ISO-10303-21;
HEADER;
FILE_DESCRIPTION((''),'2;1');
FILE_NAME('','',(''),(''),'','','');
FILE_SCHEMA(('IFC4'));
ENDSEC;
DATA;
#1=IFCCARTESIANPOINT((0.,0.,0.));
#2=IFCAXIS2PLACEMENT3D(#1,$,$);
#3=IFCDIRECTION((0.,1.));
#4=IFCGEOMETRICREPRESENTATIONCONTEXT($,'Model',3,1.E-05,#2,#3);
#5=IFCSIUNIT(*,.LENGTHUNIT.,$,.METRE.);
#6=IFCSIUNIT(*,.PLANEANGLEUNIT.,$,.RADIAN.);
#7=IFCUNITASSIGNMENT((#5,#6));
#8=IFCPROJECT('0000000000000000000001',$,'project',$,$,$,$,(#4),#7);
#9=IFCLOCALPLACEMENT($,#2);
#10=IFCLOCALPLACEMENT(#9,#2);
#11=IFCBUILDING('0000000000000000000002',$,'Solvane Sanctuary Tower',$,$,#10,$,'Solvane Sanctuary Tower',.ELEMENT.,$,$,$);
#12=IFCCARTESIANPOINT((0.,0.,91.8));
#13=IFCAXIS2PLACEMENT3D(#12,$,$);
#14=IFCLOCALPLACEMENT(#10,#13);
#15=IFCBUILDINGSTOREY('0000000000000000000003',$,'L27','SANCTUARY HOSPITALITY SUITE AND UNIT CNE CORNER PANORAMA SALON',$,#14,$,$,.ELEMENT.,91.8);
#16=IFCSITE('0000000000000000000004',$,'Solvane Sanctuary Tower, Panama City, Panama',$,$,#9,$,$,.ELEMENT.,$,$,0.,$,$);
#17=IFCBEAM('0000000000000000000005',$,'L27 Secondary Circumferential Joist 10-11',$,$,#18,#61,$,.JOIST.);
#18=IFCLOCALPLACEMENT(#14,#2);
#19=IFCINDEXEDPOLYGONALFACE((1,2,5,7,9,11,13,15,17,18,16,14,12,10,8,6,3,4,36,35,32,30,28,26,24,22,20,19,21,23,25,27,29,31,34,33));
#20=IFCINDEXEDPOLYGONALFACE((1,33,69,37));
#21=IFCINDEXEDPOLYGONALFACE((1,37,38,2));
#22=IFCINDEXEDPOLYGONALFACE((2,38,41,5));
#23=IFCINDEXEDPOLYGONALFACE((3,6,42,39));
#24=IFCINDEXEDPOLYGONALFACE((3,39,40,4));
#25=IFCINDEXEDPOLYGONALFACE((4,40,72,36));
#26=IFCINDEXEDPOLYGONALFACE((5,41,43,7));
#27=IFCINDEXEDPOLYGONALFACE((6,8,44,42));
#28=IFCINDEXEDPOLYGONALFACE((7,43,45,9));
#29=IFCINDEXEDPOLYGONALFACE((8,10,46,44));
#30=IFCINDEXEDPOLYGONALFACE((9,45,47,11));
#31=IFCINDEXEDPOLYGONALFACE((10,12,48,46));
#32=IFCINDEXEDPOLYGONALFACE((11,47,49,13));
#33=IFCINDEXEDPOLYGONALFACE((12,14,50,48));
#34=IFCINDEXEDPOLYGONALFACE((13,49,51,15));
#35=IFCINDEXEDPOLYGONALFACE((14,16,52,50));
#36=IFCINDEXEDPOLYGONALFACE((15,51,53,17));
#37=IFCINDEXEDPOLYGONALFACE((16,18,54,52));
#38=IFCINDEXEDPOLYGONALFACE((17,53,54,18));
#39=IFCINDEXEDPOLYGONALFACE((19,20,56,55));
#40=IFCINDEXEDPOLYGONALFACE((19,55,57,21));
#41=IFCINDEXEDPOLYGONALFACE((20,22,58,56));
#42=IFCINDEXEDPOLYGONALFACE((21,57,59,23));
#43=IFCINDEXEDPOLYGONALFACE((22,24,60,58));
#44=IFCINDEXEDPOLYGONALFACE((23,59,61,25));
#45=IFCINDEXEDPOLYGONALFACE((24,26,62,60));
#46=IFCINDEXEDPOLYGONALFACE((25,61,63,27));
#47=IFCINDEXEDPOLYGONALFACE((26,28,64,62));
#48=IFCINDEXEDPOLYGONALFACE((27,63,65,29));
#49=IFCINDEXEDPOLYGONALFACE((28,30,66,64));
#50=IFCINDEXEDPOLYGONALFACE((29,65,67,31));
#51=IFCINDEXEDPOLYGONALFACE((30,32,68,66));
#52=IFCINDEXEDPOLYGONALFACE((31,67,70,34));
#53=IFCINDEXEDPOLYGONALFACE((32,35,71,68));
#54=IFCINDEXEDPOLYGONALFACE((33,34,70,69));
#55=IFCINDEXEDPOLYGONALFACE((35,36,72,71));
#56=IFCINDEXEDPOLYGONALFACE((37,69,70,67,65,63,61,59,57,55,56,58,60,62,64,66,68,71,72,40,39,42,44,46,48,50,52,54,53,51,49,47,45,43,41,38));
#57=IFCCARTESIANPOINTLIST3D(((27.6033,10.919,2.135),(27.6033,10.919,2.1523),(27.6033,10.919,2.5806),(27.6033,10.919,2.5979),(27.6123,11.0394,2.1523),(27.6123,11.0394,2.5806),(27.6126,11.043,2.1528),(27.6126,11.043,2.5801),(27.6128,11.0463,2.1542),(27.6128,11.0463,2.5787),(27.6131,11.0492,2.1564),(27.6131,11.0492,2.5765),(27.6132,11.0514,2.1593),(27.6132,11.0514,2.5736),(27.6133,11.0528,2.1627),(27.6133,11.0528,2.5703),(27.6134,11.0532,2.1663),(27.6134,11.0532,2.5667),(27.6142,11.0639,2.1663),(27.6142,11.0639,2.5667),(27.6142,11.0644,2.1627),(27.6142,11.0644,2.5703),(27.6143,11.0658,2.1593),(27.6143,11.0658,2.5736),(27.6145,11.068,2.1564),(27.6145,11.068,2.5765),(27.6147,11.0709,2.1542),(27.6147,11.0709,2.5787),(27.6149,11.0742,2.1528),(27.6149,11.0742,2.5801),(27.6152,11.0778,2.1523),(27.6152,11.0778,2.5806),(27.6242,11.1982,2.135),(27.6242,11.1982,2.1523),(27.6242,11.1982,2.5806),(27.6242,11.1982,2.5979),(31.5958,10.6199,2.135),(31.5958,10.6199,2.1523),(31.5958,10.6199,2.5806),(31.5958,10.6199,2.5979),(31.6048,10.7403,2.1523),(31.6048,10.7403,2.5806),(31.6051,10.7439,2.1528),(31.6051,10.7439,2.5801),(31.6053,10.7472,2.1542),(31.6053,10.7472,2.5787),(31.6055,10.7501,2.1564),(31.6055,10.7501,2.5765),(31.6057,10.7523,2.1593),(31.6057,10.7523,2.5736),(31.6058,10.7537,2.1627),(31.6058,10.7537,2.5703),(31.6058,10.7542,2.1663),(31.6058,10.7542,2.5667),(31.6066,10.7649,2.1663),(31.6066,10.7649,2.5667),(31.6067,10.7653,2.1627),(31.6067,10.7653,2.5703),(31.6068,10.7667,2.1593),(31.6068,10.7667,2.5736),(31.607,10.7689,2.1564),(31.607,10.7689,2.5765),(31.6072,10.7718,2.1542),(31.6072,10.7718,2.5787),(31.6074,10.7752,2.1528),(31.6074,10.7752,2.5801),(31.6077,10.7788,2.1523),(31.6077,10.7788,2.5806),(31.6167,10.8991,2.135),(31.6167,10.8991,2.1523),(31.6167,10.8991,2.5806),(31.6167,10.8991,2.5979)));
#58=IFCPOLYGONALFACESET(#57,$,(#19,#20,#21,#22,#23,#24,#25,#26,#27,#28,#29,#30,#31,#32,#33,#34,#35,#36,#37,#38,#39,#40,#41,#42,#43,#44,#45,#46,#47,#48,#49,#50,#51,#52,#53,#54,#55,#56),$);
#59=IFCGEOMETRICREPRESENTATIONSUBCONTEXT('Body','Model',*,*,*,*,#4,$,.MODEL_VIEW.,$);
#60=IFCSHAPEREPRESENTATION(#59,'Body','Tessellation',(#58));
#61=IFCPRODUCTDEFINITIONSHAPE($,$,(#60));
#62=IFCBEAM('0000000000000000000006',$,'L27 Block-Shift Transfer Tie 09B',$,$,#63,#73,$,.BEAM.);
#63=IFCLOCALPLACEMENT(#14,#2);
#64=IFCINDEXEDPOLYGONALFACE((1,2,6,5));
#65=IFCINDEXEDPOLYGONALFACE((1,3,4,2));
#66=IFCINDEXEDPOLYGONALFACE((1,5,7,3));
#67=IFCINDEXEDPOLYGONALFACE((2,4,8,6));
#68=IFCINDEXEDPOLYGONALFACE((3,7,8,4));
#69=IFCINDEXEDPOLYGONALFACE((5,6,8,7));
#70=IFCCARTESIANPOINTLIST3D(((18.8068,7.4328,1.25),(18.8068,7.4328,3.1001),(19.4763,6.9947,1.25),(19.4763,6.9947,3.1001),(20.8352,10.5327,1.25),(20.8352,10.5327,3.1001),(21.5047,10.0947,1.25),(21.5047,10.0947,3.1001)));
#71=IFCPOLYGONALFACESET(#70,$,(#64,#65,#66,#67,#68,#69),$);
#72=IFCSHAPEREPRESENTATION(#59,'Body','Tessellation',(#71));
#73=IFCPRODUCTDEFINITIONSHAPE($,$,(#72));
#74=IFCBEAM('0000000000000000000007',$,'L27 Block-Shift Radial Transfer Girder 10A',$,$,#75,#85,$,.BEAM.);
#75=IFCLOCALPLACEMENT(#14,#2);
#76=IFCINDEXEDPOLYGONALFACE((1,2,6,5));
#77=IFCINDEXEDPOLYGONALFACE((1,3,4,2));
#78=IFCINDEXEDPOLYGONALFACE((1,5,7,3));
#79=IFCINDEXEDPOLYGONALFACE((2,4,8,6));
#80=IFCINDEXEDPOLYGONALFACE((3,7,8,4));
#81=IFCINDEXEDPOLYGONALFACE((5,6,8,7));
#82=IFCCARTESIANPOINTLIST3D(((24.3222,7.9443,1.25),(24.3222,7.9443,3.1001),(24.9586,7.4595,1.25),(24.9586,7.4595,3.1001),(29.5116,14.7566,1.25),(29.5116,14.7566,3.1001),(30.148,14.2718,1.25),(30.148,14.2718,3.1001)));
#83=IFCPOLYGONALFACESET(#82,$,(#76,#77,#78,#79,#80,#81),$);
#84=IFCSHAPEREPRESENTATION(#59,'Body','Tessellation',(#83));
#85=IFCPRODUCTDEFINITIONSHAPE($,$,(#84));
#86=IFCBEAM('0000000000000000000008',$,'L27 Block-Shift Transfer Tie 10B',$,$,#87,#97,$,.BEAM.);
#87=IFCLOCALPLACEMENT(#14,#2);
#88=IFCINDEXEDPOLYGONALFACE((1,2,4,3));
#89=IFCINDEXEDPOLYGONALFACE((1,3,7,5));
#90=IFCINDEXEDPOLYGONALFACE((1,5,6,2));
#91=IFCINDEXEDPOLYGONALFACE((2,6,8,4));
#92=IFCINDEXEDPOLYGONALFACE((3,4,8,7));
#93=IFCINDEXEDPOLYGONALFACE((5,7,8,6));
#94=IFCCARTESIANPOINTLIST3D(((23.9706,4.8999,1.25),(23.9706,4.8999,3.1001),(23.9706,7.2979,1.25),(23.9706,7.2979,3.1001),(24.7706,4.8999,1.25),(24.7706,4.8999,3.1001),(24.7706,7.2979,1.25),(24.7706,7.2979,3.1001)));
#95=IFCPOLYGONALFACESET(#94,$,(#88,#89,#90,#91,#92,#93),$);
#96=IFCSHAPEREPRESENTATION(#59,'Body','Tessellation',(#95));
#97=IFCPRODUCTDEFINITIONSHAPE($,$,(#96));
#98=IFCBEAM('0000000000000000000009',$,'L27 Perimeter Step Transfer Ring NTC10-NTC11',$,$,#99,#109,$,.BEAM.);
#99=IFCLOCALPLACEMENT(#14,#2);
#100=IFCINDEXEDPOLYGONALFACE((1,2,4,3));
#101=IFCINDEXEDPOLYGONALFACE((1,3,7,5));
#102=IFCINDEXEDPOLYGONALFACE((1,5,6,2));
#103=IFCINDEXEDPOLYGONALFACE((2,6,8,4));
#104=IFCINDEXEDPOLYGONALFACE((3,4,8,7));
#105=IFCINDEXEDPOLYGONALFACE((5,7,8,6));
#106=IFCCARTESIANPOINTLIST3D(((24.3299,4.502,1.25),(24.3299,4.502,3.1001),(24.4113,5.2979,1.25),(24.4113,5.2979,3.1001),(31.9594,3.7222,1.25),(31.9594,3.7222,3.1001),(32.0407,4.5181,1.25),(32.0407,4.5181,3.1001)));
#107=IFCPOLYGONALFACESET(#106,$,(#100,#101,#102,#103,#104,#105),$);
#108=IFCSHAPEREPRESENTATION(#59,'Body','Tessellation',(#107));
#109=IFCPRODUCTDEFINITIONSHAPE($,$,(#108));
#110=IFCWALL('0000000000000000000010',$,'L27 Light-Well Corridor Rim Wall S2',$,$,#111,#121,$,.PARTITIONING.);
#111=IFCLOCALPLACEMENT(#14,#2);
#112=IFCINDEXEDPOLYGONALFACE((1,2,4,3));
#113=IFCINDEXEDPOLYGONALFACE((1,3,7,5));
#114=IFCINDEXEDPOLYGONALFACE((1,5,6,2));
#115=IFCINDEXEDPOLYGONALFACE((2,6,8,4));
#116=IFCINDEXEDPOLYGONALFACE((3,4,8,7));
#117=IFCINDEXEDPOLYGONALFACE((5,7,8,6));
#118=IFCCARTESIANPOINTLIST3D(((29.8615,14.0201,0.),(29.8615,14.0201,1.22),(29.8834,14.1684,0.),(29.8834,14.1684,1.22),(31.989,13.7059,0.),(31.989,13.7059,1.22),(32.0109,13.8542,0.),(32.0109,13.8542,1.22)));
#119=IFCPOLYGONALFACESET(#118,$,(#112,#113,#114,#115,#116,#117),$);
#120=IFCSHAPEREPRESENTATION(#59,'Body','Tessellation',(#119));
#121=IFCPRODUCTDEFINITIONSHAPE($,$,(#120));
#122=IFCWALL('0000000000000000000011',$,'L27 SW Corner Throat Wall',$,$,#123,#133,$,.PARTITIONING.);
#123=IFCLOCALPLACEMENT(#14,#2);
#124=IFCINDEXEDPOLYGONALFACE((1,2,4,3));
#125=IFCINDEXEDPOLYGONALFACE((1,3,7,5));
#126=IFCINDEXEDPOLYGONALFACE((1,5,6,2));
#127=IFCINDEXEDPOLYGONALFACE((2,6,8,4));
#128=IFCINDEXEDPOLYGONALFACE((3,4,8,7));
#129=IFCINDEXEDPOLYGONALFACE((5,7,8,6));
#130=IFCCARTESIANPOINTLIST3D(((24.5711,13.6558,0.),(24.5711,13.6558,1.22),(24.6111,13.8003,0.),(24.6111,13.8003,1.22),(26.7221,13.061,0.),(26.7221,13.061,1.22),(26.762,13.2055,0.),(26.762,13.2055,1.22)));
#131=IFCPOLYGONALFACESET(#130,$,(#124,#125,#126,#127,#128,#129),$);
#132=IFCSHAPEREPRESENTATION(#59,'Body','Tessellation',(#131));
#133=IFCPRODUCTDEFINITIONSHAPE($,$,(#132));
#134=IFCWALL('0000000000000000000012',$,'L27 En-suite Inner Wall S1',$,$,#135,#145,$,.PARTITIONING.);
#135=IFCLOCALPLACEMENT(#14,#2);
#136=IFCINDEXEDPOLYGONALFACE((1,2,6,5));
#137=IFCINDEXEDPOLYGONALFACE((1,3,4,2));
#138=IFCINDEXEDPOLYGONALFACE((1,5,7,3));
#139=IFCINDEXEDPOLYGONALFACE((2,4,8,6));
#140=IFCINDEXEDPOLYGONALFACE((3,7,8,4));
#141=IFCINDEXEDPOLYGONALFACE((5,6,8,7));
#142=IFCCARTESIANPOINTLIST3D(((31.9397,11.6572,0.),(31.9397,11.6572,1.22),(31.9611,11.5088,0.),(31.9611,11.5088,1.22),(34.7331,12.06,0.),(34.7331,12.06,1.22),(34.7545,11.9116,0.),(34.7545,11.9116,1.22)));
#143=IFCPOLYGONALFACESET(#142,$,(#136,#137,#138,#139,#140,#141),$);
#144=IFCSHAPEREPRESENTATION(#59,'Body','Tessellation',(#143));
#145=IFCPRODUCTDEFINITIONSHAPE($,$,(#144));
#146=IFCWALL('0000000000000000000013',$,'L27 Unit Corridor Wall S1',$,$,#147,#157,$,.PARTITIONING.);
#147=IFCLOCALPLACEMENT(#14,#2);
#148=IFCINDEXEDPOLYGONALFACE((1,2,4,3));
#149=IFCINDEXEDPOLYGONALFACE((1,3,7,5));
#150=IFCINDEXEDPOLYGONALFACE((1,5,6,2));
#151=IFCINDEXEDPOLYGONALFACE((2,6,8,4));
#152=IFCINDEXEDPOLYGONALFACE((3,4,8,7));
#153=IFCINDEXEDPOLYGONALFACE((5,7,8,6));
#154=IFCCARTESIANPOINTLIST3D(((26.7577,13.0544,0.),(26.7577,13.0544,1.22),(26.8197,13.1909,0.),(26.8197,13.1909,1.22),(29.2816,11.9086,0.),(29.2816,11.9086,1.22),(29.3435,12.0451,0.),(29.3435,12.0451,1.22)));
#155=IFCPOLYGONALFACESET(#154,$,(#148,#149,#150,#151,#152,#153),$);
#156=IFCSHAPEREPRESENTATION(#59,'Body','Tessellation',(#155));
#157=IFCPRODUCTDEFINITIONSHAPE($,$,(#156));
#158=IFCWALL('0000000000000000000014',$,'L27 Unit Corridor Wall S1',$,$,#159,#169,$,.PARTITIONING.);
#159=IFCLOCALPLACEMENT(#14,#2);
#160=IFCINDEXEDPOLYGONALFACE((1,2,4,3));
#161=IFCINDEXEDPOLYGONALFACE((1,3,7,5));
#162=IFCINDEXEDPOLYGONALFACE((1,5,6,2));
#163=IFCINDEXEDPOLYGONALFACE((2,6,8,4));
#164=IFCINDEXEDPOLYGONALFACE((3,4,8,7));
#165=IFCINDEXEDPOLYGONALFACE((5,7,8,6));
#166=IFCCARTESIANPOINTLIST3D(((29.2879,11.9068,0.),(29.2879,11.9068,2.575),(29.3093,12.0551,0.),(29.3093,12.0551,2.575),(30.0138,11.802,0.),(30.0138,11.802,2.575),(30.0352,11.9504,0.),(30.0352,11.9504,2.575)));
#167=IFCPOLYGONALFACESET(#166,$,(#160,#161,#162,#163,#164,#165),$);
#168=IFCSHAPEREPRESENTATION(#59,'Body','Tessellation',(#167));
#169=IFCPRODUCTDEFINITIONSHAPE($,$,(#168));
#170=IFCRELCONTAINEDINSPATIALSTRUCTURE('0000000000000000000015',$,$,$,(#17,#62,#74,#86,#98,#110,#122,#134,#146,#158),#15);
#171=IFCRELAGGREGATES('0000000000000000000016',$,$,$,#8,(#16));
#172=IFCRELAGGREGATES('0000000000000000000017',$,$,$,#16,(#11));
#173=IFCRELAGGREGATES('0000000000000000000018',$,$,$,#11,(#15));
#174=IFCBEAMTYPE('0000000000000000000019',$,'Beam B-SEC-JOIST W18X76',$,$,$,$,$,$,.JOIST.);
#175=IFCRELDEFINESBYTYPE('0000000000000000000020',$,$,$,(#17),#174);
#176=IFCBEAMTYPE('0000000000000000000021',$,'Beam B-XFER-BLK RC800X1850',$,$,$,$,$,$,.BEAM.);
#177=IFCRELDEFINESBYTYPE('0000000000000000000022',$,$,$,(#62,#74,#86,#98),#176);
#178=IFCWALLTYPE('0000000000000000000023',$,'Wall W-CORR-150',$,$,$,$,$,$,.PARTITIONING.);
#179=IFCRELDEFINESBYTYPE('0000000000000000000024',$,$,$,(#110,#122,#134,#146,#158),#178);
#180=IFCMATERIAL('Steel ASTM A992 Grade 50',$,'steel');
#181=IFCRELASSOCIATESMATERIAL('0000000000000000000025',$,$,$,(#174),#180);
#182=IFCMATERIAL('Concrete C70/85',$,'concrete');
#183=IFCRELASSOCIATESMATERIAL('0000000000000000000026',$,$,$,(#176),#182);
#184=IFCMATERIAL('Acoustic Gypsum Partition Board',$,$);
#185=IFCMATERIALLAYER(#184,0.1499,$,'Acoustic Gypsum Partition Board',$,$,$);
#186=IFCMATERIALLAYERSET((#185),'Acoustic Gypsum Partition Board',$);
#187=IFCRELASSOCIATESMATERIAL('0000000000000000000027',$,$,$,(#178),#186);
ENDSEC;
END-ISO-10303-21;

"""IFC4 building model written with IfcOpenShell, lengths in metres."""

from ifc_helpers import new_model, si_unit, direction, frame, frame_2d, origin, origin_2d, place, context, subcontext, project, spatial, rectangle, i_section, extrude, material, layer, layer_set, material_profile, profile_set, type_object, element, save


model = new_model("IFC4")

# Units and contexts
model_context = context("Model", 3, precision=1e-05, world=origin(), true_north=direction((0.0, 1.0)))
body_context = subcontext(model_context, "Body", "Model", "MODEL_VIEW")
ifc_project = project(units=[si_unit("LENGTHUNIT", "METRE"), si_unit("PLANEANGLEUNIT", "RADIAN")], contexts=[model_context])

# Site, building, storey
site_placement = place(None, origin())
site = spatial("IfcSite", under=ifc_project, at=site_placement, Name="Solvane Sanctuary Tower, Panama City, Panama", CompositionType="ELEMENT", RefElevation=0.0)
building_placement = place(site_placement, origin())
building = spatial("IfcBuilding", under=site, at=building_placement, Name="Solvane Sanctuary Tower", LongName="Solvane Sanctuary Tower", CompositionType="ELEMENT")
storey_placement = place(building_placement, frame((0.0, 0.0, 91.8)))
storey = spatial("IfcBuildingStorey", under=building, at=storey_placement, Name="L27", Description="SANCTUARY HOSPITALITY SUITE AND UNIT CNE CORNER PANORAMA SALON", CompositionType="ELEMENT", Elevation=91.8)

# Beams
ifc_material_1 = material(Name="Steel ASTM A992 Grade 50", Category="steel")
ifc_material_profile_1 = material_profile(ifc_material_1, i_section(OverallWidth=0.28, OverallDepth=0.4629, WebThickness=0.0107, FlangeThickness=0.0173, FilletRadius=0.0139, at=origin_2d()), Name="W18X76")
ifc_profile_set_1 = profile_set([ifc_material_profile_1], Name="Steel ASTM A992 Grade 50")
beam_type_1 = type_object("IfcBeamType", Name="Beam B-SEC-JOIST W18X76", PredefinedType="JOIST", material=ifc_profile_set_1)
beam_1_placement = place(storey_placement, frame((27.6138, 11.0586, 2.3665), z_axis=(0.997206, -0.074701, 0.0), x_axis=(0.074701, 0.997206, 0.0)))
element("IfcBeam", 1, at=beam_1_placement, inside=storey, type_object=beam_type_1, Name="L27 Secondary Circumferential Joist 10-11", PredefinedType="JOIST", context=body_context, shape_type="SweptSolid", body=[
    extrude(i_section(OverallWidth=0.28, OverallDepth=0.4629, WebThickness=0.0107, FlangeThickness=0.0173, FilletRadius=0.0139, at=origin_2d()), origin(), (0.0, 0.0, 1.0), 4.0037),
])
ifc_material_2 = material(Name="Concrete C70/85", Category="concrete")
ifc_material_profile_2 = material_profile(ifc_material_2, rectangle(XDim=0.8, YDim=1.8501, at=origin_2d()), Name="RC800X1850")
ifc_profile_set_2 = profile_set([ifc_material_profile_2], Name="Concrete C70/85")
beam_type_2 = type_object("IfcBeamType", Name="Beam B-XFER-BLK RC800X1850", PredefinedType="BEAM", material=ifc_profile_set_2)
beam_2_placement = place(storey_placement, frame((21.1699, 10.3137, 2.175), z_axis=(-0.547532, -0.836785, 0.0), x_axis=(0.836785, -0.547532, 0.0)))
element("IfcBeam", 2, at=beam_2_placement, inside=storey, type_object=beam_type_2, Name="L27 Block-Shift Transfer Tie 09B", PredefinedType="BEAM", context=body_context, shape_type="SweptSolid", body=[
    extrude(rectangle(XDim=0.8, YDim=1.8501, at=origin_2d()), origin(), (0.0, 0.0, 1.0), 3.7046),
])
beam_3_placement = place(storey_placement, frame((29.8298, 14.5142, 2.175), z_axis=(-0.605981, -0.795479, 0.0), x_axis=(0.795479, -0.605981, 0.0)))
element("IfcBeam", 3, at=beam_3_placement, inside=storey, type_object=beam_type_2, Name="L27 Block-Shift Radial Transfer Girder 10A", PredefinedType="BEAM", context=body_context, shape_type="SweptSolid", body=[
    extrude(rectangle(XDim=0.8, YDim=1.8501, at=origin_2d()), origin(), (0.0, 0.0, 1.0), 8.5637),
])
beam_4_placement = place(storey_placement, frame((24.3706, 7.2979, 2.175), z_axis=(0.0, -1.0, 0.0), x_axis=(1.0, 0.0, 0.0)))
element("IfcBeam", 4, at=beam_4_placement, inside=storey, type_object=beam_type_2, Name="L27 Block-Shift Transfer Tie 10B", PredefinedType="BEAM", context=body_context, shape_type="SweptSolid", body=[
    extrude(rectangle(XDim=0.8, YDim=1.8501, at=origin_2d()), origin(), (0.0, 0.0, 1.0), 2.3979),
])
beam_5_placement = place(storey_placement, frame((24.3706, 4.8999, 2.175), z_axis=(0.994817, -0.101678, 0.0), x_axis=(0.101678, 0.994817, 0.0)))
element("IfcBeam", 5, at=beam_5_placement, inside=storey, type_object=beam_type_2, Name="L27 Perimeter Step Transfer Ring NTC10-NTC11", PredefinedType="BEAM", context=body_context, shape_type="SweptSolid", body=[
    extrude(rectangle(XDim=0.8, YDim=1.8501, at=origin_2d()), origin(), (0.0, 0.0, 1.0), 7.6692),
])

# Walls
ifc_material_3 = material(Name="Acoustic Gypsum Partition Board")
ifc_layer_1 = layer(ifc_material_3, 0.1499, Name="Acoustic Gypsum Partition Board")
ifc_layer_set_1 = layer_set([ifc_layer_1], Name="Acoustic Gypsum Partition Board")
wall_type_1 = type_object("IfcWallType", Name="Wall W-CORR-150", PredefinedType="PARTITIONING", material=ifc_layer_set_1)
wall_1_placement = place(storey_placement, frame((29.8726, 14.0942, 0.0), z_axis=(0.0, 0.0, 1.0), x_axis=(0.989269, -0.146108, 0.0)))
element("IfcWall", 6, at=wall_1_placement, inside=storey, type_object=wall_type_1, Name="L27 Light-Well Corridor Rim Wall S2", PredefinedType="PARTITIONING", context=body_context, shape_type="SweptSolid", body=[
    extrude(rectangle(XDim=2.1506, YDim=0.1499, at=frame_2d((1.0752, 0.0))), origin(), (0.0, 0.0, 1.0), 1.22),
])
wall_2_placement = place(storey_placement, frame((26.7419, 13.1333, 0.0), z_axis=(0.0, 0.0, 1.0), x_axis=(-0.963834, 0.266504, 0.0)))
element("IfcWall", 7, at=wall_2_placement, inside=storey, type_object=wall_type_1, Name="L27 SW Corner Throat Wall", PredefinedType="PARTITIONING", context=body_context, shape_type="SweptSolid", body=[
    extrude(rectangle(XDim=2.2317, YDim=0.1499, at=frame_2d((1.1157, 0.0))), origin(), (0.0, 0.0, 1.0), 1.22),
])
wall_3_placement = place(storey_placement, frame((31.9504, 11.583, 0.0), z_axis=(0.0, 0.0, 1.0), x_axis=(0.989762, 0.142729, 0.0)))
element("IfcWall", 8, at=wall_3_placement, inside=storey, type_object=wall_type_1, Name="L27 En-suite Inner Wall S1", PredefinedType="PARTITIONING", context=body_context, shape_type="SweptSolid", body=[
    extrude(rectangle(XDim=2.8223, YDim=0.1499, at=frame_2d((1.4111, 0.0))), origin(), (0.0, 0.0, 1.0), 1.22),
])
wall_4_placement = place(storey_placement, frame((26.7888, 13.1226, 0.0), z_axis=(0.0, 0.0, 1.0), x_axis=(0.910568, -0.413358, 0.0)))
element("IfcWall", 9, at=wall_4_placement, inside=storey, type_object=wall_type_1, Name="L27 Unit Corridor Wall S1", PredefinedType="PARTITIONING", context=body_context, shape_type="SweptSolid", body=[
    extrude(rectangle(XDim=2.7717, YDim=0.1499, at=frame_2d((1.3857, 0.0))), origin(), (0.0, 0.0, 1.0), 1.22),
])
wall_5_placement = place(storey_placement, frame((29.2986, 11.981, 0.0), z_axis=(0.0, 0.0, 1.0), x_axis=(0.989749, -0.142819, 0.0)))
element("IfcWall", 10, at=wall_5_placement, inside=storey, type_object=wall_type_1, Name="L27 Unit Corridor Wall S1", PredefinedType="PARTITIONING", context=body_context, shape_type="SweptSolid", body=[
    extrude(rectangle(XDim=0.7334, YDim=0.1499, at=frame_2d((0.3667, 0.0))), origin(), (0.0, 0.0, 1.0), 2.575),
])

save(model, "model.ifc")
